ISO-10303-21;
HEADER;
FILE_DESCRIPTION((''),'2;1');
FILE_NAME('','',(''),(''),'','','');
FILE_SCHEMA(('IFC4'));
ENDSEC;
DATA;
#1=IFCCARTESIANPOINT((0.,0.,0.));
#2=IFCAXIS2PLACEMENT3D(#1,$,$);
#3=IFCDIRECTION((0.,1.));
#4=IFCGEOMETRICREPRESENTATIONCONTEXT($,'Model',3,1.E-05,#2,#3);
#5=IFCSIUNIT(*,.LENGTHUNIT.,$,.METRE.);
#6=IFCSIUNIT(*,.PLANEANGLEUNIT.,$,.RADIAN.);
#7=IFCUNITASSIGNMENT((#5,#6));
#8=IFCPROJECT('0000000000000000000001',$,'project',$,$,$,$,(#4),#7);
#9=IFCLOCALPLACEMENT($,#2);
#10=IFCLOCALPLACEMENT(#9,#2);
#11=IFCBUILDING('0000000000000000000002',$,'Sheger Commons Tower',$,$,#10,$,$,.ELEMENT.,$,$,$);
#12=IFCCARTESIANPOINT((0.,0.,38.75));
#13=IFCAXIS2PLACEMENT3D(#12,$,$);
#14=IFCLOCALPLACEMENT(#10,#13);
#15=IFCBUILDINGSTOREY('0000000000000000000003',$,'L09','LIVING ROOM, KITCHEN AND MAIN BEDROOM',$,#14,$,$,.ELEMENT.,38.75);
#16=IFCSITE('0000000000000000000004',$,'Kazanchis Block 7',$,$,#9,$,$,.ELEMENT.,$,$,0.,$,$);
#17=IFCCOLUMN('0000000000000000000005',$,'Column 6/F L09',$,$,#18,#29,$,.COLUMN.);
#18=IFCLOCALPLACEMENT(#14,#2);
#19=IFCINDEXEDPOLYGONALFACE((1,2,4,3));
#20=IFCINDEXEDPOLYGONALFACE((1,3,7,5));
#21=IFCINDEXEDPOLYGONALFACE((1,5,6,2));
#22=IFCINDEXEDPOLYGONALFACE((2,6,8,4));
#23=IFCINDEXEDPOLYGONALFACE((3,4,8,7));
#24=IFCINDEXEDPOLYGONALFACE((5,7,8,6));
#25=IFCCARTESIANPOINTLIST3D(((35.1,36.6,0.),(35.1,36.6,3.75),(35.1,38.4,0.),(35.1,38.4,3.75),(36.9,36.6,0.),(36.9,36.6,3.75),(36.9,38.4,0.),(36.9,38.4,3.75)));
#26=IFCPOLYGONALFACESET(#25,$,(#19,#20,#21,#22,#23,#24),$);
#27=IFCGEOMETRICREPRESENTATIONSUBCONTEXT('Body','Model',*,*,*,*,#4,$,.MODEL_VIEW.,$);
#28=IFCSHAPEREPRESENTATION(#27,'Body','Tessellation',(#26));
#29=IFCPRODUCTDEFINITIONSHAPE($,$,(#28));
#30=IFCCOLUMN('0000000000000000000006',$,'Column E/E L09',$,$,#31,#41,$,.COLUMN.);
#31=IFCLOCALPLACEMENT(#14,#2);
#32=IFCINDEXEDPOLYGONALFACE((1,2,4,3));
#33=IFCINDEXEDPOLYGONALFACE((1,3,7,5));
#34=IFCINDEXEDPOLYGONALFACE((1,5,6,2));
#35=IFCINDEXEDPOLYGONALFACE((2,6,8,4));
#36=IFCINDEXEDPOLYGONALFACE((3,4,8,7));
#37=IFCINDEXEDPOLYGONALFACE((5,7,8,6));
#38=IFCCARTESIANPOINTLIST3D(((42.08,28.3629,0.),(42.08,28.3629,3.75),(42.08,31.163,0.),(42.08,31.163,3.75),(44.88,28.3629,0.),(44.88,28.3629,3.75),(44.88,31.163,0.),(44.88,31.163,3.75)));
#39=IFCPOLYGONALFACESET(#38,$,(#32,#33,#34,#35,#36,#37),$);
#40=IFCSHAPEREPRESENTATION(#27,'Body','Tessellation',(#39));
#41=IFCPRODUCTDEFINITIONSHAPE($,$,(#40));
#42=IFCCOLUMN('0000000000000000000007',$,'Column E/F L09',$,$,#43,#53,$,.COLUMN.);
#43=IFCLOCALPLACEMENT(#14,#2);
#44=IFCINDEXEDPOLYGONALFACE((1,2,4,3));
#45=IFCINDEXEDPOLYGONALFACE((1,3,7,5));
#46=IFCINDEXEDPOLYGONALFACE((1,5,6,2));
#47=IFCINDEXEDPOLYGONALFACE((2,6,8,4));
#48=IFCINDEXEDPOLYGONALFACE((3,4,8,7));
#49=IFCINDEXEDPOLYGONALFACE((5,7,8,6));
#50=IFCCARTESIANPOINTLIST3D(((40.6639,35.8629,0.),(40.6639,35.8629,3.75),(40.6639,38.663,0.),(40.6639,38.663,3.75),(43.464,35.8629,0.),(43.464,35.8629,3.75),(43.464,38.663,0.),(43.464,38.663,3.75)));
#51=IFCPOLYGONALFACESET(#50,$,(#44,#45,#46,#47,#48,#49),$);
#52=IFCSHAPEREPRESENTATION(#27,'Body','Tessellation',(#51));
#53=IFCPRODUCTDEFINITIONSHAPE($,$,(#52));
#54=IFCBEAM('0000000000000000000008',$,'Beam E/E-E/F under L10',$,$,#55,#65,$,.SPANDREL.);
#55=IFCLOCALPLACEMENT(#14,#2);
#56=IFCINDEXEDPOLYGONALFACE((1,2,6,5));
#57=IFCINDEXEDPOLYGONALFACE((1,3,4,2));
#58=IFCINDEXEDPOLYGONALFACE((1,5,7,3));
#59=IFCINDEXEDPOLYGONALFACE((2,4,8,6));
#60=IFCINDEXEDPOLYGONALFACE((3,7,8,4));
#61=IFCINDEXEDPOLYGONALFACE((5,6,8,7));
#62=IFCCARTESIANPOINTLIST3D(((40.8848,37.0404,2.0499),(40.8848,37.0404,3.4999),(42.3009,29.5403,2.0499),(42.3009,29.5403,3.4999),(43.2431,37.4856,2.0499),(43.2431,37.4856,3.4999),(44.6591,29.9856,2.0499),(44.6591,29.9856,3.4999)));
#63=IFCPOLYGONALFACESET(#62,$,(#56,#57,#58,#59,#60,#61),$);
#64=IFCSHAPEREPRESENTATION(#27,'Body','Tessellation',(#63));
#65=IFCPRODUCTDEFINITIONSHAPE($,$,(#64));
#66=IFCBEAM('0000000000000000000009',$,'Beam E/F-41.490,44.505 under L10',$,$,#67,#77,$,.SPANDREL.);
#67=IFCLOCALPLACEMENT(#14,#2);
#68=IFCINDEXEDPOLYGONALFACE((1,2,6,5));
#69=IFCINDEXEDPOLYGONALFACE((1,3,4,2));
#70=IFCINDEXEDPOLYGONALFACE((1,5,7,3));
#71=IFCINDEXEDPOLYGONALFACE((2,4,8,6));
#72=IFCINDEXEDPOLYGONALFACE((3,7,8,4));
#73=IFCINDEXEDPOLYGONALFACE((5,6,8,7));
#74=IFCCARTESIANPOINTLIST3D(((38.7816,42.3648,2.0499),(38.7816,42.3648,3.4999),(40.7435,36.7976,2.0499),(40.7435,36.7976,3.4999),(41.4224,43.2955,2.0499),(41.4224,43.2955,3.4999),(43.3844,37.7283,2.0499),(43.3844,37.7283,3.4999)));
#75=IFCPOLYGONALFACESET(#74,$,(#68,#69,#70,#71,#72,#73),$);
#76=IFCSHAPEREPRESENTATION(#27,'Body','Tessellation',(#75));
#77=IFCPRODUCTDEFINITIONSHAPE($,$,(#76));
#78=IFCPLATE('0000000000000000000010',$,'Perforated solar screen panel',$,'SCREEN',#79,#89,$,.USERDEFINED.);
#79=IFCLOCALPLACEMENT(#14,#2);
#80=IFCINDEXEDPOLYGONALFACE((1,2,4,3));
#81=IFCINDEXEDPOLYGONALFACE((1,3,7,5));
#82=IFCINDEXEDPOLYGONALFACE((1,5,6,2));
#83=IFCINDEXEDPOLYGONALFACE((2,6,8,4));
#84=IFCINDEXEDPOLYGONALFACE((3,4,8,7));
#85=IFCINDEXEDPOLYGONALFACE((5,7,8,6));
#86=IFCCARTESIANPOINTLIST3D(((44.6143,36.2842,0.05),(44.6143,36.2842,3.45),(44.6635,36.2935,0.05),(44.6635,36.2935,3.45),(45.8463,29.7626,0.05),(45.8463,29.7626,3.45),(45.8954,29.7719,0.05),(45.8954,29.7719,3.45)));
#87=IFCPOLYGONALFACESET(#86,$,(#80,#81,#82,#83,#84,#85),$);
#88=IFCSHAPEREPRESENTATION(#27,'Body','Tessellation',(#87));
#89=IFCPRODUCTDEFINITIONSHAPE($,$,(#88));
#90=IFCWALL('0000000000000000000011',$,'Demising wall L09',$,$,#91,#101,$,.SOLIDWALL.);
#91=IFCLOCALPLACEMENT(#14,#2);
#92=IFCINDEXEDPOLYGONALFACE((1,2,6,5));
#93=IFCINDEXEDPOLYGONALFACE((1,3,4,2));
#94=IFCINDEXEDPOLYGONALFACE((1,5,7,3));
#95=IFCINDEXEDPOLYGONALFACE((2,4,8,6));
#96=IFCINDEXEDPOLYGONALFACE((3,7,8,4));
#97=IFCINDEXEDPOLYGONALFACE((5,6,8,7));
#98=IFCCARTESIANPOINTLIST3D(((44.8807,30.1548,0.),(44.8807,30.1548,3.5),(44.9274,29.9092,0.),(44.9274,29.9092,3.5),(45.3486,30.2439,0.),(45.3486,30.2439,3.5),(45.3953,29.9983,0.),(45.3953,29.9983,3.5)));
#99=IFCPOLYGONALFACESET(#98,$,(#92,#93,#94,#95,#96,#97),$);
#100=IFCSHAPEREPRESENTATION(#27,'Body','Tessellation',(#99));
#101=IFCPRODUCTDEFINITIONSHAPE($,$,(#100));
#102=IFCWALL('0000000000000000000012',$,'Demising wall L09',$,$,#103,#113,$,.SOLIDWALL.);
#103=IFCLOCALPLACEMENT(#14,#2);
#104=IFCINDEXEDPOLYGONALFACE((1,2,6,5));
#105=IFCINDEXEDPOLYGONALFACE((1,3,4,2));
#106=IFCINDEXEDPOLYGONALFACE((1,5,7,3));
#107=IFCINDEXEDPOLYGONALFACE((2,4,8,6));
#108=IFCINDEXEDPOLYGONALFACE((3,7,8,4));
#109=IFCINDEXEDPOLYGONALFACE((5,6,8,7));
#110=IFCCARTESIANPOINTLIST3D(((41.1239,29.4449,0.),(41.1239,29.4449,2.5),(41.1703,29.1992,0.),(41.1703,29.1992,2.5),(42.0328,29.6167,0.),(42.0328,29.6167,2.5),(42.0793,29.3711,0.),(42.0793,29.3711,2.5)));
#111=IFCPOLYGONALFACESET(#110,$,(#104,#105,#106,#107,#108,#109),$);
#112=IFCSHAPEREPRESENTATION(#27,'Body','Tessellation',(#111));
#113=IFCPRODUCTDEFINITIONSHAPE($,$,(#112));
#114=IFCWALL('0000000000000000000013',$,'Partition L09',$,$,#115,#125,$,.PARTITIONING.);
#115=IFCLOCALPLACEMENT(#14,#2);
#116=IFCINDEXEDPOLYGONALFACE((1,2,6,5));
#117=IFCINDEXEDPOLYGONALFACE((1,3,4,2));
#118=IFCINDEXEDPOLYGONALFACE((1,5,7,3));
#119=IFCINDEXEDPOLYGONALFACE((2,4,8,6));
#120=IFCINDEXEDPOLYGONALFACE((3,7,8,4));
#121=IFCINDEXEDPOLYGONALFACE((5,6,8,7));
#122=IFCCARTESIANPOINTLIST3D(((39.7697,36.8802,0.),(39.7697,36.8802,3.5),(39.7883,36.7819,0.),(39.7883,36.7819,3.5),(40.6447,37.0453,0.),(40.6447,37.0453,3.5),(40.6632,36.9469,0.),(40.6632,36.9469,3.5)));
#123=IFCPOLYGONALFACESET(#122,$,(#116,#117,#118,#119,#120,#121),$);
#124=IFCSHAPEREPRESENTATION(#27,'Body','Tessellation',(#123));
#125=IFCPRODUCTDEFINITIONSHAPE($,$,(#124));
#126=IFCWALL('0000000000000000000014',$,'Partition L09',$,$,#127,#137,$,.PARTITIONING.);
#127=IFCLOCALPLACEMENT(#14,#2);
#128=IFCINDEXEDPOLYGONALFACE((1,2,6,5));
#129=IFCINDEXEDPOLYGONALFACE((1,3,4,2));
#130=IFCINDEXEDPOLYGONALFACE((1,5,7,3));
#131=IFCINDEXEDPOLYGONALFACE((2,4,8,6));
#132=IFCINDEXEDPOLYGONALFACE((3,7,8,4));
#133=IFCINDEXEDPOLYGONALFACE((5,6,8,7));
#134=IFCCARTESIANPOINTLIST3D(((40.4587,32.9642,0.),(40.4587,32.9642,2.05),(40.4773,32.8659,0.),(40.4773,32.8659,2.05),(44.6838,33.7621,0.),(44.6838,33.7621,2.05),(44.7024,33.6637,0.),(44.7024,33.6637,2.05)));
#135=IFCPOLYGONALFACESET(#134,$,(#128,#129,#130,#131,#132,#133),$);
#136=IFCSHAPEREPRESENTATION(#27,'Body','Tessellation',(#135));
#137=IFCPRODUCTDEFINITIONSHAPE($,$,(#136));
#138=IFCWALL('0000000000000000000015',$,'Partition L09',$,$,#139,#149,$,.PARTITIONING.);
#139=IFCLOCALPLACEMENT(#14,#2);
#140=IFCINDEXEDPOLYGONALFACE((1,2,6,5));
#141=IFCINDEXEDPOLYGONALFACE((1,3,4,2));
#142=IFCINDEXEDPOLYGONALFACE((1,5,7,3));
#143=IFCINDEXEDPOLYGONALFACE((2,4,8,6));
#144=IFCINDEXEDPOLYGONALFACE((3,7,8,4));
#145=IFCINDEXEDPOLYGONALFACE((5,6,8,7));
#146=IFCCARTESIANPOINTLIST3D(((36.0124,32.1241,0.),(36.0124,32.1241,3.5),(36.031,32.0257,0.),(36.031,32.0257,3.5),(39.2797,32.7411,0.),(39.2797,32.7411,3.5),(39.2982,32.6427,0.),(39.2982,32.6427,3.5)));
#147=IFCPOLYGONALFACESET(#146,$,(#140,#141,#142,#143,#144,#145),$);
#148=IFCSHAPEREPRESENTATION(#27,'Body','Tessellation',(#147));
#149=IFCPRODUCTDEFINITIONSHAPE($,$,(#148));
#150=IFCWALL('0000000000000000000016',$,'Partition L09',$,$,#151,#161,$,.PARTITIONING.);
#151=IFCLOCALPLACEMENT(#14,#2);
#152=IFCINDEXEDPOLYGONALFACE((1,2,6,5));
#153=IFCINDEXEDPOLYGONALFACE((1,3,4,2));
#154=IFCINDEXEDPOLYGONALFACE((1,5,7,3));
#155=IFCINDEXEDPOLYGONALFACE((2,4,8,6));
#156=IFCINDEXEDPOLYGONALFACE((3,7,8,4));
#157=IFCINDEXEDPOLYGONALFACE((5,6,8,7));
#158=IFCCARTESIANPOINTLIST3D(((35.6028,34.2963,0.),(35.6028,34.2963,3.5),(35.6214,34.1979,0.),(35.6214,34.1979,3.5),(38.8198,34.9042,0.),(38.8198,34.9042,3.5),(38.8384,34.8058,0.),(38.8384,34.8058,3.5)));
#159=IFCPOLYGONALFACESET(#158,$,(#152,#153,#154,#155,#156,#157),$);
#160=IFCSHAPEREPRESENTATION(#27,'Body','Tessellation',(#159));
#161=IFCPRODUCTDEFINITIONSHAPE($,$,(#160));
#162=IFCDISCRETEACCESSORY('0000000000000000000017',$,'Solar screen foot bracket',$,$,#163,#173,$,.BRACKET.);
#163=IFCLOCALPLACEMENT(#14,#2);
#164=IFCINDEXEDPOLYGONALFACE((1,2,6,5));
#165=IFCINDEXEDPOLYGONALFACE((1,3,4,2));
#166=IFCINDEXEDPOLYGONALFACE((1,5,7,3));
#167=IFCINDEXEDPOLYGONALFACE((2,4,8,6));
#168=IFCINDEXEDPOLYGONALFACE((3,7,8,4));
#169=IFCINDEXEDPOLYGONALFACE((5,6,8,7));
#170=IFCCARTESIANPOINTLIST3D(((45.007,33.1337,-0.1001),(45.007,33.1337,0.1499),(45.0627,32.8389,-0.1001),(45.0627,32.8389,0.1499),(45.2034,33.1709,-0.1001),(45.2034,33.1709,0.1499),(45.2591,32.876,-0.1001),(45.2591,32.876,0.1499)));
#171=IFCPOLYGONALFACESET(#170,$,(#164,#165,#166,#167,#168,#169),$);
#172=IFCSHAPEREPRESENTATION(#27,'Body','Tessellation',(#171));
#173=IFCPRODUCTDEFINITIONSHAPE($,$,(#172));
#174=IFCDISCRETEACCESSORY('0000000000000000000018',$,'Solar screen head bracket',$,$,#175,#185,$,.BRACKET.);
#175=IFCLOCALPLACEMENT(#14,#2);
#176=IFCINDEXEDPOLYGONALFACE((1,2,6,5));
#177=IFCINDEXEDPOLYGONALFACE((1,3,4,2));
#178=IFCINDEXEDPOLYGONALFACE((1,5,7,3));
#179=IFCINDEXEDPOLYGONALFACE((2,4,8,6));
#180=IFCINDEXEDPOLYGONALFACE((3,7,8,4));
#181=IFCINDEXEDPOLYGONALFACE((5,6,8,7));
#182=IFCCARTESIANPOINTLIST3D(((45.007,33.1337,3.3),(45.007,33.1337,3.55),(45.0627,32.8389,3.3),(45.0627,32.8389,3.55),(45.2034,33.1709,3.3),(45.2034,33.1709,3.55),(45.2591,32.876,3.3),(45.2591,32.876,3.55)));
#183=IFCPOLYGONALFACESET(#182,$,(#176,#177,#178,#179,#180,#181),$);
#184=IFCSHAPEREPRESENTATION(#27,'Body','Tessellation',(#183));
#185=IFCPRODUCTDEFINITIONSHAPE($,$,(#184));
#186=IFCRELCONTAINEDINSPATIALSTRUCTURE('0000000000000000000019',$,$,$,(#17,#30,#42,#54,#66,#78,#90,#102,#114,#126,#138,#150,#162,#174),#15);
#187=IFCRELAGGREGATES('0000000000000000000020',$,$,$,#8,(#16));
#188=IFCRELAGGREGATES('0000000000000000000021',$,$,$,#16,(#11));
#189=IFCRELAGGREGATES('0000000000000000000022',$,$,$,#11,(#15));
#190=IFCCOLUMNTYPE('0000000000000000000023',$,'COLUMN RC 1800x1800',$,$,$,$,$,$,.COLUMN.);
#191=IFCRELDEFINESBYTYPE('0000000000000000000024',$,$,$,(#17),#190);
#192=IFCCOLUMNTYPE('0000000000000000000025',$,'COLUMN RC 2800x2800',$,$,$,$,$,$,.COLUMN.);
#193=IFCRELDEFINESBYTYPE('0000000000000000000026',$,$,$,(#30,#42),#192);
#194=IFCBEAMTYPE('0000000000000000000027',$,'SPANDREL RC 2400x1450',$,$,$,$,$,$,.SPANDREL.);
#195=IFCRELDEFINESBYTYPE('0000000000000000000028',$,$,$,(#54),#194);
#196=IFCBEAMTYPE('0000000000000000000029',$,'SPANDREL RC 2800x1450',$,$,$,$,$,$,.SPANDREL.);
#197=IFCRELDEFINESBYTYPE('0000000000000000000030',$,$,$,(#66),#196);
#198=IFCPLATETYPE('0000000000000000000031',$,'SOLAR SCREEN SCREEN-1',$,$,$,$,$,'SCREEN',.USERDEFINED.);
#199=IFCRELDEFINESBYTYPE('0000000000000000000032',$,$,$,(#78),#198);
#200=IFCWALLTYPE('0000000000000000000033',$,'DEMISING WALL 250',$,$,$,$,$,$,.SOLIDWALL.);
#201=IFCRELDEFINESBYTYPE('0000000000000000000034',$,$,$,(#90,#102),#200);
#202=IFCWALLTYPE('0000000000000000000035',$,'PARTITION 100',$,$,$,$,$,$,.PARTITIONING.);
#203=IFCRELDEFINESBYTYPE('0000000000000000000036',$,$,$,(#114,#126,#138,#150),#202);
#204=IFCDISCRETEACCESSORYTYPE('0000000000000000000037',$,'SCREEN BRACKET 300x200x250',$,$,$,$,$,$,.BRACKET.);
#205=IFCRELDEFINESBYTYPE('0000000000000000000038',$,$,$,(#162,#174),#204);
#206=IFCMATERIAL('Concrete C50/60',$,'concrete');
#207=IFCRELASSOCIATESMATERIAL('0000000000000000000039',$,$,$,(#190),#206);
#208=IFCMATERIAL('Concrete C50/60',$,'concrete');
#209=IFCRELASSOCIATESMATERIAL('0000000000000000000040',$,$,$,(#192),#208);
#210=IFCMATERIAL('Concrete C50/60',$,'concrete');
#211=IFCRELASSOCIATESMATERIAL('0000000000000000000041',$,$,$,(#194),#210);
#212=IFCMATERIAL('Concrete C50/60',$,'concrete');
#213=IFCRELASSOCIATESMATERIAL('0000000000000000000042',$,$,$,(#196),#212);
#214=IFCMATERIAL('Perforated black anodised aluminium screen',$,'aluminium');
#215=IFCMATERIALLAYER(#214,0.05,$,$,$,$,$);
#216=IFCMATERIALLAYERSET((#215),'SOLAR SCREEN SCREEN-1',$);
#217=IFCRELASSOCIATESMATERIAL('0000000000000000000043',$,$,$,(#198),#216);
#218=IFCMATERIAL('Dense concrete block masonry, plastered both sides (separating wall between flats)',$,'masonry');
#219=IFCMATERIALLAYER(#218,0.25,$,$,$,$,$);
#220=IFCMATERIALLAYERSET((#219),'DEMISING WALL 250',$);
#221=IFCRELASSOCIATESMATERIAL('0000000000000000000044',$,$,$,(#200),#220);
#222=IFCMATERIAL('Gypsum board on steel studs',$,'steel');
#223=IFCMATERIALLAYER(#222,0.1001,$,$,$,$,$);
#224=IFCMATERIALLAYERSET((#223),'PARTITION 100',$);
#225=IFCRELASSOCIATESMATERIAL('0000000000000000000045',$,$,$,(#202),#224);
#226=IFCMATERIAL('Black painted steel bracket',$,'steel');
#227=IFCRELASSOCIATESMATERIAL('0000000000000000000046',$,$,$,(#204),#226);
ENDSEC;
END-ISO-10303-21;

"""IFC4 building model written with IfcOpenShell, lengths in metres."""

from ifc_helpers import new_model, si_unit, direction, frame, frame_2d, origin, origin_2d, place, context, subcontext, project, spatial, rectangle, extrude, material, layer, layer_set, material_profile, profile_set, type_object, element, save


model = new_model("IFC4")

# Units and contexts
model_context = context("Model", 3, precision=1e-05, world=origin(), true_north=direction((0.0, 1.0)))
body_context = subcontext(model_context, "Body", "Model", "MODEL_VIEW")
ifc_project = project(units=[si_unit("LENGTHUNIT", "METRE"), si_unit("PLANEANGLEUNIT", "RADIAN")], contexts=[model_context])

# Site, building, storey
site_placement = place(None, origin())
site = spatial("IfcSite", under=ifc_project, at=site_placement, Name="Kazanchis Block 7", CompositionType="ELEMENT", RefElevation=0.0)
building_placement = place(site_placement, origin())
building = spatial("IfcBuilding", under=site, at=building_placement, Name="Sheger Commons Tower", CompositionType="ELEMENT")
storey_placement = place(building_placement, frame((0.0, 0.0, 38.75)))
storey = spatial("IfcBuildingStorey", under=building, at=storey_placement, Name="L09", Description="LIVING ROOM, KITCHEN AND MAIN BEDROOM", CompositionType="ELEMENT", Elevation=38.75)

# Columns
ifc_material_1 = material(Name="Concrete C50/60", Category="concrete")
ifc_material_profile_1 = material_profile(ifc_material_1, rectangle(XDim=1.8, YDim=1.8, at=origin_2d()), Name="RC 1800x1800")
ifc_profile_set_1 = profile_set([ifc_material_profile_1], Name="Concrete C50/60")
column_type_1 = type_object("IfcColumnType", Name="COLUMN RC 1800x1800", PredefinedType="COLUMN", material=ifc_profile_set_1)
column_placement = place(storey_placement, frame((36.0, 37.5, 0.0), z_axis=(0.0, 0.0, 1.0), x_axis=(1.0, 0.0, 0.0)))
element("IfcColumn", 1, at=column_placement, inside=storey, type_object=column_type_1, Name="Column 6/F L09", PredefinedType="COLUMN", context=body_context, shape_type="SweptSolid", body=[
    extrude(rectangle(XDim=1.8, YDim=1.8, at=origin_2d()), origin(), (0.0, 0.0, 1.0), 3.75),
])
ifc_material_2 = material(Name="Concrete C50/60", Category="concrete")
ifc_material_profile_2 = material_profile(ifc_material_2, rectangle(XDim=2.8, YDim=2.8, at=origin_2d()), Name="RC 2800x2800")
ifc_profile_set_2 = profile_set([ifc_material_profile_2], Name="Concrete C50/60")
column_type_2 = type_object("IfcColumnType", Name="COLUMN RC 2800x2800", PredefinedType="COLUMN", material=ifc_profile_set_2)
for number, where, z_axis, x_axis, name in (
    (2, (43.48, 29.7629, 0.0), (0.0, 0.0, 1.0), (1.0, 0.0, 0.0), "Column E/E L09"),
    (3, (42.064, 37.2629, 0.0), (0.0, 0.0, 1.0), (1.0, 0.0, 0.0), "Column E/F L09"),
):
    element("IfcColumn", number, at=place(storey_placement, frame(where, z_axis=z_axis, x_axis=x_axis)), inside=storey, type_object=column_type_2, Name=name, PredefinedType="COLUMN", context=body_context, shape_type="SweptSolid", body=[
        extrude(rectangle(XDim=2.8, YDim=2.8, at=origin_2d()), origin(), (0.0, 0.0, 1.0), 3.75),
    ])

# Beams
ifc_material_3 = material(Name="Concrete C50/60", Category="concrete")
ifc_material_profile_3 = material_profile(ifc_material_3, rectangle(XDim=2.3999, YDim=1.45, at=origin_2d()), Name="RC 2400x1450")
ifc_profile_set_3 = profile_set([ifc_material_profile_3], Name="Concrete C50/60")
beam_type_1 = type_object("IfcBeamType", Name="SPANDREL RC 2400x1450", PredefinedType="SPANDREL", material=ifc_profile_set_3)
beam_1_placement = place(storey_placement, frame((43.48, 29.7629, 2.7749), z_axis=(-0.185524, 0.98264, 0.0), x_axis=(-0.98264, -0.185524, 0.0)))
element("IfcBeam", 4, at=beam_1_placement, inside=storey, type_object=beam_type_1, Name="Beam E/E-E/F under L10", PredefinedType="SPANDREL", context=body_context, shape_type="SweptSolid", body=[
    extrude(rectangle(XDim=2.3999, YDim=1.45, at=origin_2d()), origin(), (0.0, 0.0, 1.0), 7.6326),
])
ifc_material_4 = material(Name="Concrete C50/60", Category="concrete")
ifc_material_profile_4 = material_profile(ifc_material_4, rectangle(XDim=2.8, YDim=1.45, at=origin_2d()), Name="RC 2800x1450")
ifc_profile_set_4 = profile_set([ifc_material_profile_4], Name="Concrete C50/60")
beam_type_2 = type_object("IfcBeamType", Name="SPANDREL RC 2800x1450", PredefinedType="SPANDREL", material=ifc_profile_set_4)
beam_2_placement = place(storey_placement, frame((42.064, 37.2629, 2.7749), z_axis=(-0.332374, 0.943148, 0.0), x_axis=(-0.943148, -0.332374, 0.0)))
element("IfcBeam", 5, at=beam_2_placement, inside=storey, type_object=beam_type_2, Name="Beam E/F-41.490,44.505 under L10", PredefinedType="SPANDREL", context=body_context, shape_type="SweptSolid", body=[
    extrude(rectangle(XDim=2.8, YDim=1.45, at=origin_2d()), origin(), (0.0, 0.0, 1.0), 5.9028),
])

# Plate
ifc_material_5 = material(Name="Perforated black anodised aluminium screen", Category="aluminium")
ifc_layer_1 = layer(ifc_material_5, 0.05)
ifc_layer_set_1 = layer_set([ifc_layer_1], Name="SOLAR SCREEN SCREEN-1")
plate_type = type_object("IfcPlateType", Name="SOLAR SCREEN SCREEN-1", ElementType="SCREEN", PredefinedType="USERDEFINED", material=ifc_layer_set_1)
plate_placement = place(storey_placement, frame((45.2549, 33.0281, 0.05), z_axis=(0.0, 0.0, 1.0), x_axis=(-0.185615, 0.982623, 0.0)))
element("IfcPlate", 6, at=plate_placement, inside=storey, type_object=plate_type, Name="Perforated solar screen panel", ObjectType="SCREEN", PredefinedType="USERDEFINED", context=body_context, shape_type="SweptSolid", body=[
    extrude(rectangle(XDim=6.637, YDim=0.05, at=origin_2d()), origin(), (0.0, 0.0, 1.0), 3.3999),
])

# Walls
ifc_material_6 = material(Name="Dense concrete block masonry, plastered both sides (separating wall between flats)", Category="masonry")
ifc_layer_2 = layer(ifc_material_6, 0.25)
ifc_layer_set_2 = layer_set([ifc_layer_2], Name="DEMISING WALL 250")
wall_type_1 = type_object("IfcWallType", Name="DEMISING WALL 250", PredefinedType="SOLIDWALL", material=ifc_layer_set_2)
wall_1_placement = place(storey_placement, frame((45.3721, 30.1211, 0.0), z_axis=(0.0, 0.0, 1.0), x_axis=(-0.982352, -0.187041, 0.0)))
element("IfcWall", 7, at=wall_1_placement, inside=storey, type_object=wall_type_1, Name="Demising wall L09", PredefinedType="SOLIDWALL", context=body_context, shape_type="SweptSolid", body=[
    extrude(rectangle(XDim=0.4763, YDim=0.25, at=frame_2d((0.2383, 0.0))), origin(), (0.0, 0.0, 1.0), 3.5),
])
wall_2_placement = place(storey_placement, frame((42.0559, 29.4939, 0.0), z_axis=(0.0, 0.0, 1.0), x_axis=(-0.982587, -0.185802, 0.0)))
element("IfcWall", 8, at=wall_2_placement, inside=storey, type_object=wall_type_1, Name="Demising wall L09", PredefinedType="SOLIDWALL", context=body_context, shape_type="SweptSolid", body=[
    extrude(rectangle(XDim=0.925, YDim=0.25, at=frame_2d((0.4624, 0.0))), origin(), (0.0, 0.0, 1.0), 2.5),
])
ifc_material_7 = material(Name="Gypsum board on steel studs", Category="steel")
ifc_layer_3 = layer(ifc_material_7, 0.1001)
ifc_layer_set_3 = layer_set([ifc_layer_3], Name="PARTITION 100")
wall_type_2 = type_object("IfcWallType", Name="PARTITION 100", PredefinedType="PARTITIONING", material=ifc_layer_set_3)
wall_3_placement = place(storey_placement, frame((40.6541, 36.9961, 0.0), z_axis=(0.0, 0.0, 1.0), x_axis=(-0.982673, -0.185348, 0.0)))
element("IfcWall", 9, at=wall_3_placement, inside=storey, type_object=wall_type_2, Name="Partition L09", PredefinedType="PARTITIONING", context=body_context, shape_type="SweptSolid", body=[
    extrude(rectangle(XDim=0.8904, YDim=0.1001, at=frame_2d((0.4453, 0.0))), origin(), (0.0, 0.0, 1.0), 3.5),
])
wall_4_placement = place(storey_placement, frame((44.6931, 33.7129, 0.0), z_axis=(0.0, 0.0, 1.0), x_axis=(-0.982634, -0.185557, 0.0)))
element("IfcWall", 10, at=wall_4_placement, inside=storey, type_object=wall_type_2, Name="Partition L09", PredefinedType="PARTITIONING", context=body_context, shape_type="SweptSolid", body=[
    extrude(rectangle(XDim=4.2998, YDim=0.1001, at=frame_2d((2.1499, 0.0))), origin(), (0.0, 0.0, 1.0), 2.05),
])
wall_5_placement = place(storey_placement, frame((39.2891, 32.6919, 0.0), z_axis=(0.0, 0.0, 1.0), x_axis=(-0.982634, -0.185556, 0.0)))
element("IfcWall", 11, at=wall_5_placement, inside=storey, type_object=wall_type_2, Name="Partition L09", PredefinedType="PARTITIONING", context=body_context, shape_type="SweptSolid", body=[
    extrude(rectangle(XDim=3.325, YDim=0.1001, at=frame_2d((1.6626, 0.0))), origin(), (0.0, 0.0, 1.0), 3.5),
])
wall_6_placement = place(storey_placement, frame((38.8291, 34.855, 0.0), z_axis=(0.0, 0.0, 1.0), x_axis=(-0.98261, -0.18568, 0.0)))
element("IfcWall", 12, at=wall_6_placement, inside=storey, type_object=wall_type_2, Name="Partition L09", PredefinedType="PARTITIONING", context=body_context, shape_type="SweptSolid", body=[
    extrude(rectangle(XDim=3.2739, YDim=0.1001, at=frame_2d((1.637, 0.0))), origin(), (0.0, 0.0, 1.0), 3.5),
])

# Discrete accessories
ifc_material_8 = material(Name="Black painted steel bracket", Category="steel")
discrete_accessory_type = type_object("IfcDiscreteAccessoryType", Name="SCREEN BRACKET 300x200x250", PredefinedType="BRACKET", material=ifc_material_8)
for number, where, z_axis, x_axis, name in (
    (13, (45.1331, 33.0049, -0.1001), (0.0, 0.0, 1.0), (-0.185615, 0.982623, 0.0), "Solar screen foot bracket"),
    (14, (45.1331, 33.0049, 3.3), (0.0, 0.0, 1.0), (-0.185615, 0.982623, 0.0), "Solar screen head bracket"),
):
    element("IfcDiscreteAccessory", number, at=place(storey_placement, frame(where, z_axis=z_axis, x_axis=x_axis)), inside=storey, type_object=discrete_accessory_type, Name=name, PredefinedType="BRACKET", context=body_context, shape_type="SweptSolid", body=[
        extrude(rectangle(XDim=0.3, YDim=0.2, at=origin_2d()), origin(), (0.0, 0.0, 1.0), 0.25),
    ])

save(model, "model.ifc")
